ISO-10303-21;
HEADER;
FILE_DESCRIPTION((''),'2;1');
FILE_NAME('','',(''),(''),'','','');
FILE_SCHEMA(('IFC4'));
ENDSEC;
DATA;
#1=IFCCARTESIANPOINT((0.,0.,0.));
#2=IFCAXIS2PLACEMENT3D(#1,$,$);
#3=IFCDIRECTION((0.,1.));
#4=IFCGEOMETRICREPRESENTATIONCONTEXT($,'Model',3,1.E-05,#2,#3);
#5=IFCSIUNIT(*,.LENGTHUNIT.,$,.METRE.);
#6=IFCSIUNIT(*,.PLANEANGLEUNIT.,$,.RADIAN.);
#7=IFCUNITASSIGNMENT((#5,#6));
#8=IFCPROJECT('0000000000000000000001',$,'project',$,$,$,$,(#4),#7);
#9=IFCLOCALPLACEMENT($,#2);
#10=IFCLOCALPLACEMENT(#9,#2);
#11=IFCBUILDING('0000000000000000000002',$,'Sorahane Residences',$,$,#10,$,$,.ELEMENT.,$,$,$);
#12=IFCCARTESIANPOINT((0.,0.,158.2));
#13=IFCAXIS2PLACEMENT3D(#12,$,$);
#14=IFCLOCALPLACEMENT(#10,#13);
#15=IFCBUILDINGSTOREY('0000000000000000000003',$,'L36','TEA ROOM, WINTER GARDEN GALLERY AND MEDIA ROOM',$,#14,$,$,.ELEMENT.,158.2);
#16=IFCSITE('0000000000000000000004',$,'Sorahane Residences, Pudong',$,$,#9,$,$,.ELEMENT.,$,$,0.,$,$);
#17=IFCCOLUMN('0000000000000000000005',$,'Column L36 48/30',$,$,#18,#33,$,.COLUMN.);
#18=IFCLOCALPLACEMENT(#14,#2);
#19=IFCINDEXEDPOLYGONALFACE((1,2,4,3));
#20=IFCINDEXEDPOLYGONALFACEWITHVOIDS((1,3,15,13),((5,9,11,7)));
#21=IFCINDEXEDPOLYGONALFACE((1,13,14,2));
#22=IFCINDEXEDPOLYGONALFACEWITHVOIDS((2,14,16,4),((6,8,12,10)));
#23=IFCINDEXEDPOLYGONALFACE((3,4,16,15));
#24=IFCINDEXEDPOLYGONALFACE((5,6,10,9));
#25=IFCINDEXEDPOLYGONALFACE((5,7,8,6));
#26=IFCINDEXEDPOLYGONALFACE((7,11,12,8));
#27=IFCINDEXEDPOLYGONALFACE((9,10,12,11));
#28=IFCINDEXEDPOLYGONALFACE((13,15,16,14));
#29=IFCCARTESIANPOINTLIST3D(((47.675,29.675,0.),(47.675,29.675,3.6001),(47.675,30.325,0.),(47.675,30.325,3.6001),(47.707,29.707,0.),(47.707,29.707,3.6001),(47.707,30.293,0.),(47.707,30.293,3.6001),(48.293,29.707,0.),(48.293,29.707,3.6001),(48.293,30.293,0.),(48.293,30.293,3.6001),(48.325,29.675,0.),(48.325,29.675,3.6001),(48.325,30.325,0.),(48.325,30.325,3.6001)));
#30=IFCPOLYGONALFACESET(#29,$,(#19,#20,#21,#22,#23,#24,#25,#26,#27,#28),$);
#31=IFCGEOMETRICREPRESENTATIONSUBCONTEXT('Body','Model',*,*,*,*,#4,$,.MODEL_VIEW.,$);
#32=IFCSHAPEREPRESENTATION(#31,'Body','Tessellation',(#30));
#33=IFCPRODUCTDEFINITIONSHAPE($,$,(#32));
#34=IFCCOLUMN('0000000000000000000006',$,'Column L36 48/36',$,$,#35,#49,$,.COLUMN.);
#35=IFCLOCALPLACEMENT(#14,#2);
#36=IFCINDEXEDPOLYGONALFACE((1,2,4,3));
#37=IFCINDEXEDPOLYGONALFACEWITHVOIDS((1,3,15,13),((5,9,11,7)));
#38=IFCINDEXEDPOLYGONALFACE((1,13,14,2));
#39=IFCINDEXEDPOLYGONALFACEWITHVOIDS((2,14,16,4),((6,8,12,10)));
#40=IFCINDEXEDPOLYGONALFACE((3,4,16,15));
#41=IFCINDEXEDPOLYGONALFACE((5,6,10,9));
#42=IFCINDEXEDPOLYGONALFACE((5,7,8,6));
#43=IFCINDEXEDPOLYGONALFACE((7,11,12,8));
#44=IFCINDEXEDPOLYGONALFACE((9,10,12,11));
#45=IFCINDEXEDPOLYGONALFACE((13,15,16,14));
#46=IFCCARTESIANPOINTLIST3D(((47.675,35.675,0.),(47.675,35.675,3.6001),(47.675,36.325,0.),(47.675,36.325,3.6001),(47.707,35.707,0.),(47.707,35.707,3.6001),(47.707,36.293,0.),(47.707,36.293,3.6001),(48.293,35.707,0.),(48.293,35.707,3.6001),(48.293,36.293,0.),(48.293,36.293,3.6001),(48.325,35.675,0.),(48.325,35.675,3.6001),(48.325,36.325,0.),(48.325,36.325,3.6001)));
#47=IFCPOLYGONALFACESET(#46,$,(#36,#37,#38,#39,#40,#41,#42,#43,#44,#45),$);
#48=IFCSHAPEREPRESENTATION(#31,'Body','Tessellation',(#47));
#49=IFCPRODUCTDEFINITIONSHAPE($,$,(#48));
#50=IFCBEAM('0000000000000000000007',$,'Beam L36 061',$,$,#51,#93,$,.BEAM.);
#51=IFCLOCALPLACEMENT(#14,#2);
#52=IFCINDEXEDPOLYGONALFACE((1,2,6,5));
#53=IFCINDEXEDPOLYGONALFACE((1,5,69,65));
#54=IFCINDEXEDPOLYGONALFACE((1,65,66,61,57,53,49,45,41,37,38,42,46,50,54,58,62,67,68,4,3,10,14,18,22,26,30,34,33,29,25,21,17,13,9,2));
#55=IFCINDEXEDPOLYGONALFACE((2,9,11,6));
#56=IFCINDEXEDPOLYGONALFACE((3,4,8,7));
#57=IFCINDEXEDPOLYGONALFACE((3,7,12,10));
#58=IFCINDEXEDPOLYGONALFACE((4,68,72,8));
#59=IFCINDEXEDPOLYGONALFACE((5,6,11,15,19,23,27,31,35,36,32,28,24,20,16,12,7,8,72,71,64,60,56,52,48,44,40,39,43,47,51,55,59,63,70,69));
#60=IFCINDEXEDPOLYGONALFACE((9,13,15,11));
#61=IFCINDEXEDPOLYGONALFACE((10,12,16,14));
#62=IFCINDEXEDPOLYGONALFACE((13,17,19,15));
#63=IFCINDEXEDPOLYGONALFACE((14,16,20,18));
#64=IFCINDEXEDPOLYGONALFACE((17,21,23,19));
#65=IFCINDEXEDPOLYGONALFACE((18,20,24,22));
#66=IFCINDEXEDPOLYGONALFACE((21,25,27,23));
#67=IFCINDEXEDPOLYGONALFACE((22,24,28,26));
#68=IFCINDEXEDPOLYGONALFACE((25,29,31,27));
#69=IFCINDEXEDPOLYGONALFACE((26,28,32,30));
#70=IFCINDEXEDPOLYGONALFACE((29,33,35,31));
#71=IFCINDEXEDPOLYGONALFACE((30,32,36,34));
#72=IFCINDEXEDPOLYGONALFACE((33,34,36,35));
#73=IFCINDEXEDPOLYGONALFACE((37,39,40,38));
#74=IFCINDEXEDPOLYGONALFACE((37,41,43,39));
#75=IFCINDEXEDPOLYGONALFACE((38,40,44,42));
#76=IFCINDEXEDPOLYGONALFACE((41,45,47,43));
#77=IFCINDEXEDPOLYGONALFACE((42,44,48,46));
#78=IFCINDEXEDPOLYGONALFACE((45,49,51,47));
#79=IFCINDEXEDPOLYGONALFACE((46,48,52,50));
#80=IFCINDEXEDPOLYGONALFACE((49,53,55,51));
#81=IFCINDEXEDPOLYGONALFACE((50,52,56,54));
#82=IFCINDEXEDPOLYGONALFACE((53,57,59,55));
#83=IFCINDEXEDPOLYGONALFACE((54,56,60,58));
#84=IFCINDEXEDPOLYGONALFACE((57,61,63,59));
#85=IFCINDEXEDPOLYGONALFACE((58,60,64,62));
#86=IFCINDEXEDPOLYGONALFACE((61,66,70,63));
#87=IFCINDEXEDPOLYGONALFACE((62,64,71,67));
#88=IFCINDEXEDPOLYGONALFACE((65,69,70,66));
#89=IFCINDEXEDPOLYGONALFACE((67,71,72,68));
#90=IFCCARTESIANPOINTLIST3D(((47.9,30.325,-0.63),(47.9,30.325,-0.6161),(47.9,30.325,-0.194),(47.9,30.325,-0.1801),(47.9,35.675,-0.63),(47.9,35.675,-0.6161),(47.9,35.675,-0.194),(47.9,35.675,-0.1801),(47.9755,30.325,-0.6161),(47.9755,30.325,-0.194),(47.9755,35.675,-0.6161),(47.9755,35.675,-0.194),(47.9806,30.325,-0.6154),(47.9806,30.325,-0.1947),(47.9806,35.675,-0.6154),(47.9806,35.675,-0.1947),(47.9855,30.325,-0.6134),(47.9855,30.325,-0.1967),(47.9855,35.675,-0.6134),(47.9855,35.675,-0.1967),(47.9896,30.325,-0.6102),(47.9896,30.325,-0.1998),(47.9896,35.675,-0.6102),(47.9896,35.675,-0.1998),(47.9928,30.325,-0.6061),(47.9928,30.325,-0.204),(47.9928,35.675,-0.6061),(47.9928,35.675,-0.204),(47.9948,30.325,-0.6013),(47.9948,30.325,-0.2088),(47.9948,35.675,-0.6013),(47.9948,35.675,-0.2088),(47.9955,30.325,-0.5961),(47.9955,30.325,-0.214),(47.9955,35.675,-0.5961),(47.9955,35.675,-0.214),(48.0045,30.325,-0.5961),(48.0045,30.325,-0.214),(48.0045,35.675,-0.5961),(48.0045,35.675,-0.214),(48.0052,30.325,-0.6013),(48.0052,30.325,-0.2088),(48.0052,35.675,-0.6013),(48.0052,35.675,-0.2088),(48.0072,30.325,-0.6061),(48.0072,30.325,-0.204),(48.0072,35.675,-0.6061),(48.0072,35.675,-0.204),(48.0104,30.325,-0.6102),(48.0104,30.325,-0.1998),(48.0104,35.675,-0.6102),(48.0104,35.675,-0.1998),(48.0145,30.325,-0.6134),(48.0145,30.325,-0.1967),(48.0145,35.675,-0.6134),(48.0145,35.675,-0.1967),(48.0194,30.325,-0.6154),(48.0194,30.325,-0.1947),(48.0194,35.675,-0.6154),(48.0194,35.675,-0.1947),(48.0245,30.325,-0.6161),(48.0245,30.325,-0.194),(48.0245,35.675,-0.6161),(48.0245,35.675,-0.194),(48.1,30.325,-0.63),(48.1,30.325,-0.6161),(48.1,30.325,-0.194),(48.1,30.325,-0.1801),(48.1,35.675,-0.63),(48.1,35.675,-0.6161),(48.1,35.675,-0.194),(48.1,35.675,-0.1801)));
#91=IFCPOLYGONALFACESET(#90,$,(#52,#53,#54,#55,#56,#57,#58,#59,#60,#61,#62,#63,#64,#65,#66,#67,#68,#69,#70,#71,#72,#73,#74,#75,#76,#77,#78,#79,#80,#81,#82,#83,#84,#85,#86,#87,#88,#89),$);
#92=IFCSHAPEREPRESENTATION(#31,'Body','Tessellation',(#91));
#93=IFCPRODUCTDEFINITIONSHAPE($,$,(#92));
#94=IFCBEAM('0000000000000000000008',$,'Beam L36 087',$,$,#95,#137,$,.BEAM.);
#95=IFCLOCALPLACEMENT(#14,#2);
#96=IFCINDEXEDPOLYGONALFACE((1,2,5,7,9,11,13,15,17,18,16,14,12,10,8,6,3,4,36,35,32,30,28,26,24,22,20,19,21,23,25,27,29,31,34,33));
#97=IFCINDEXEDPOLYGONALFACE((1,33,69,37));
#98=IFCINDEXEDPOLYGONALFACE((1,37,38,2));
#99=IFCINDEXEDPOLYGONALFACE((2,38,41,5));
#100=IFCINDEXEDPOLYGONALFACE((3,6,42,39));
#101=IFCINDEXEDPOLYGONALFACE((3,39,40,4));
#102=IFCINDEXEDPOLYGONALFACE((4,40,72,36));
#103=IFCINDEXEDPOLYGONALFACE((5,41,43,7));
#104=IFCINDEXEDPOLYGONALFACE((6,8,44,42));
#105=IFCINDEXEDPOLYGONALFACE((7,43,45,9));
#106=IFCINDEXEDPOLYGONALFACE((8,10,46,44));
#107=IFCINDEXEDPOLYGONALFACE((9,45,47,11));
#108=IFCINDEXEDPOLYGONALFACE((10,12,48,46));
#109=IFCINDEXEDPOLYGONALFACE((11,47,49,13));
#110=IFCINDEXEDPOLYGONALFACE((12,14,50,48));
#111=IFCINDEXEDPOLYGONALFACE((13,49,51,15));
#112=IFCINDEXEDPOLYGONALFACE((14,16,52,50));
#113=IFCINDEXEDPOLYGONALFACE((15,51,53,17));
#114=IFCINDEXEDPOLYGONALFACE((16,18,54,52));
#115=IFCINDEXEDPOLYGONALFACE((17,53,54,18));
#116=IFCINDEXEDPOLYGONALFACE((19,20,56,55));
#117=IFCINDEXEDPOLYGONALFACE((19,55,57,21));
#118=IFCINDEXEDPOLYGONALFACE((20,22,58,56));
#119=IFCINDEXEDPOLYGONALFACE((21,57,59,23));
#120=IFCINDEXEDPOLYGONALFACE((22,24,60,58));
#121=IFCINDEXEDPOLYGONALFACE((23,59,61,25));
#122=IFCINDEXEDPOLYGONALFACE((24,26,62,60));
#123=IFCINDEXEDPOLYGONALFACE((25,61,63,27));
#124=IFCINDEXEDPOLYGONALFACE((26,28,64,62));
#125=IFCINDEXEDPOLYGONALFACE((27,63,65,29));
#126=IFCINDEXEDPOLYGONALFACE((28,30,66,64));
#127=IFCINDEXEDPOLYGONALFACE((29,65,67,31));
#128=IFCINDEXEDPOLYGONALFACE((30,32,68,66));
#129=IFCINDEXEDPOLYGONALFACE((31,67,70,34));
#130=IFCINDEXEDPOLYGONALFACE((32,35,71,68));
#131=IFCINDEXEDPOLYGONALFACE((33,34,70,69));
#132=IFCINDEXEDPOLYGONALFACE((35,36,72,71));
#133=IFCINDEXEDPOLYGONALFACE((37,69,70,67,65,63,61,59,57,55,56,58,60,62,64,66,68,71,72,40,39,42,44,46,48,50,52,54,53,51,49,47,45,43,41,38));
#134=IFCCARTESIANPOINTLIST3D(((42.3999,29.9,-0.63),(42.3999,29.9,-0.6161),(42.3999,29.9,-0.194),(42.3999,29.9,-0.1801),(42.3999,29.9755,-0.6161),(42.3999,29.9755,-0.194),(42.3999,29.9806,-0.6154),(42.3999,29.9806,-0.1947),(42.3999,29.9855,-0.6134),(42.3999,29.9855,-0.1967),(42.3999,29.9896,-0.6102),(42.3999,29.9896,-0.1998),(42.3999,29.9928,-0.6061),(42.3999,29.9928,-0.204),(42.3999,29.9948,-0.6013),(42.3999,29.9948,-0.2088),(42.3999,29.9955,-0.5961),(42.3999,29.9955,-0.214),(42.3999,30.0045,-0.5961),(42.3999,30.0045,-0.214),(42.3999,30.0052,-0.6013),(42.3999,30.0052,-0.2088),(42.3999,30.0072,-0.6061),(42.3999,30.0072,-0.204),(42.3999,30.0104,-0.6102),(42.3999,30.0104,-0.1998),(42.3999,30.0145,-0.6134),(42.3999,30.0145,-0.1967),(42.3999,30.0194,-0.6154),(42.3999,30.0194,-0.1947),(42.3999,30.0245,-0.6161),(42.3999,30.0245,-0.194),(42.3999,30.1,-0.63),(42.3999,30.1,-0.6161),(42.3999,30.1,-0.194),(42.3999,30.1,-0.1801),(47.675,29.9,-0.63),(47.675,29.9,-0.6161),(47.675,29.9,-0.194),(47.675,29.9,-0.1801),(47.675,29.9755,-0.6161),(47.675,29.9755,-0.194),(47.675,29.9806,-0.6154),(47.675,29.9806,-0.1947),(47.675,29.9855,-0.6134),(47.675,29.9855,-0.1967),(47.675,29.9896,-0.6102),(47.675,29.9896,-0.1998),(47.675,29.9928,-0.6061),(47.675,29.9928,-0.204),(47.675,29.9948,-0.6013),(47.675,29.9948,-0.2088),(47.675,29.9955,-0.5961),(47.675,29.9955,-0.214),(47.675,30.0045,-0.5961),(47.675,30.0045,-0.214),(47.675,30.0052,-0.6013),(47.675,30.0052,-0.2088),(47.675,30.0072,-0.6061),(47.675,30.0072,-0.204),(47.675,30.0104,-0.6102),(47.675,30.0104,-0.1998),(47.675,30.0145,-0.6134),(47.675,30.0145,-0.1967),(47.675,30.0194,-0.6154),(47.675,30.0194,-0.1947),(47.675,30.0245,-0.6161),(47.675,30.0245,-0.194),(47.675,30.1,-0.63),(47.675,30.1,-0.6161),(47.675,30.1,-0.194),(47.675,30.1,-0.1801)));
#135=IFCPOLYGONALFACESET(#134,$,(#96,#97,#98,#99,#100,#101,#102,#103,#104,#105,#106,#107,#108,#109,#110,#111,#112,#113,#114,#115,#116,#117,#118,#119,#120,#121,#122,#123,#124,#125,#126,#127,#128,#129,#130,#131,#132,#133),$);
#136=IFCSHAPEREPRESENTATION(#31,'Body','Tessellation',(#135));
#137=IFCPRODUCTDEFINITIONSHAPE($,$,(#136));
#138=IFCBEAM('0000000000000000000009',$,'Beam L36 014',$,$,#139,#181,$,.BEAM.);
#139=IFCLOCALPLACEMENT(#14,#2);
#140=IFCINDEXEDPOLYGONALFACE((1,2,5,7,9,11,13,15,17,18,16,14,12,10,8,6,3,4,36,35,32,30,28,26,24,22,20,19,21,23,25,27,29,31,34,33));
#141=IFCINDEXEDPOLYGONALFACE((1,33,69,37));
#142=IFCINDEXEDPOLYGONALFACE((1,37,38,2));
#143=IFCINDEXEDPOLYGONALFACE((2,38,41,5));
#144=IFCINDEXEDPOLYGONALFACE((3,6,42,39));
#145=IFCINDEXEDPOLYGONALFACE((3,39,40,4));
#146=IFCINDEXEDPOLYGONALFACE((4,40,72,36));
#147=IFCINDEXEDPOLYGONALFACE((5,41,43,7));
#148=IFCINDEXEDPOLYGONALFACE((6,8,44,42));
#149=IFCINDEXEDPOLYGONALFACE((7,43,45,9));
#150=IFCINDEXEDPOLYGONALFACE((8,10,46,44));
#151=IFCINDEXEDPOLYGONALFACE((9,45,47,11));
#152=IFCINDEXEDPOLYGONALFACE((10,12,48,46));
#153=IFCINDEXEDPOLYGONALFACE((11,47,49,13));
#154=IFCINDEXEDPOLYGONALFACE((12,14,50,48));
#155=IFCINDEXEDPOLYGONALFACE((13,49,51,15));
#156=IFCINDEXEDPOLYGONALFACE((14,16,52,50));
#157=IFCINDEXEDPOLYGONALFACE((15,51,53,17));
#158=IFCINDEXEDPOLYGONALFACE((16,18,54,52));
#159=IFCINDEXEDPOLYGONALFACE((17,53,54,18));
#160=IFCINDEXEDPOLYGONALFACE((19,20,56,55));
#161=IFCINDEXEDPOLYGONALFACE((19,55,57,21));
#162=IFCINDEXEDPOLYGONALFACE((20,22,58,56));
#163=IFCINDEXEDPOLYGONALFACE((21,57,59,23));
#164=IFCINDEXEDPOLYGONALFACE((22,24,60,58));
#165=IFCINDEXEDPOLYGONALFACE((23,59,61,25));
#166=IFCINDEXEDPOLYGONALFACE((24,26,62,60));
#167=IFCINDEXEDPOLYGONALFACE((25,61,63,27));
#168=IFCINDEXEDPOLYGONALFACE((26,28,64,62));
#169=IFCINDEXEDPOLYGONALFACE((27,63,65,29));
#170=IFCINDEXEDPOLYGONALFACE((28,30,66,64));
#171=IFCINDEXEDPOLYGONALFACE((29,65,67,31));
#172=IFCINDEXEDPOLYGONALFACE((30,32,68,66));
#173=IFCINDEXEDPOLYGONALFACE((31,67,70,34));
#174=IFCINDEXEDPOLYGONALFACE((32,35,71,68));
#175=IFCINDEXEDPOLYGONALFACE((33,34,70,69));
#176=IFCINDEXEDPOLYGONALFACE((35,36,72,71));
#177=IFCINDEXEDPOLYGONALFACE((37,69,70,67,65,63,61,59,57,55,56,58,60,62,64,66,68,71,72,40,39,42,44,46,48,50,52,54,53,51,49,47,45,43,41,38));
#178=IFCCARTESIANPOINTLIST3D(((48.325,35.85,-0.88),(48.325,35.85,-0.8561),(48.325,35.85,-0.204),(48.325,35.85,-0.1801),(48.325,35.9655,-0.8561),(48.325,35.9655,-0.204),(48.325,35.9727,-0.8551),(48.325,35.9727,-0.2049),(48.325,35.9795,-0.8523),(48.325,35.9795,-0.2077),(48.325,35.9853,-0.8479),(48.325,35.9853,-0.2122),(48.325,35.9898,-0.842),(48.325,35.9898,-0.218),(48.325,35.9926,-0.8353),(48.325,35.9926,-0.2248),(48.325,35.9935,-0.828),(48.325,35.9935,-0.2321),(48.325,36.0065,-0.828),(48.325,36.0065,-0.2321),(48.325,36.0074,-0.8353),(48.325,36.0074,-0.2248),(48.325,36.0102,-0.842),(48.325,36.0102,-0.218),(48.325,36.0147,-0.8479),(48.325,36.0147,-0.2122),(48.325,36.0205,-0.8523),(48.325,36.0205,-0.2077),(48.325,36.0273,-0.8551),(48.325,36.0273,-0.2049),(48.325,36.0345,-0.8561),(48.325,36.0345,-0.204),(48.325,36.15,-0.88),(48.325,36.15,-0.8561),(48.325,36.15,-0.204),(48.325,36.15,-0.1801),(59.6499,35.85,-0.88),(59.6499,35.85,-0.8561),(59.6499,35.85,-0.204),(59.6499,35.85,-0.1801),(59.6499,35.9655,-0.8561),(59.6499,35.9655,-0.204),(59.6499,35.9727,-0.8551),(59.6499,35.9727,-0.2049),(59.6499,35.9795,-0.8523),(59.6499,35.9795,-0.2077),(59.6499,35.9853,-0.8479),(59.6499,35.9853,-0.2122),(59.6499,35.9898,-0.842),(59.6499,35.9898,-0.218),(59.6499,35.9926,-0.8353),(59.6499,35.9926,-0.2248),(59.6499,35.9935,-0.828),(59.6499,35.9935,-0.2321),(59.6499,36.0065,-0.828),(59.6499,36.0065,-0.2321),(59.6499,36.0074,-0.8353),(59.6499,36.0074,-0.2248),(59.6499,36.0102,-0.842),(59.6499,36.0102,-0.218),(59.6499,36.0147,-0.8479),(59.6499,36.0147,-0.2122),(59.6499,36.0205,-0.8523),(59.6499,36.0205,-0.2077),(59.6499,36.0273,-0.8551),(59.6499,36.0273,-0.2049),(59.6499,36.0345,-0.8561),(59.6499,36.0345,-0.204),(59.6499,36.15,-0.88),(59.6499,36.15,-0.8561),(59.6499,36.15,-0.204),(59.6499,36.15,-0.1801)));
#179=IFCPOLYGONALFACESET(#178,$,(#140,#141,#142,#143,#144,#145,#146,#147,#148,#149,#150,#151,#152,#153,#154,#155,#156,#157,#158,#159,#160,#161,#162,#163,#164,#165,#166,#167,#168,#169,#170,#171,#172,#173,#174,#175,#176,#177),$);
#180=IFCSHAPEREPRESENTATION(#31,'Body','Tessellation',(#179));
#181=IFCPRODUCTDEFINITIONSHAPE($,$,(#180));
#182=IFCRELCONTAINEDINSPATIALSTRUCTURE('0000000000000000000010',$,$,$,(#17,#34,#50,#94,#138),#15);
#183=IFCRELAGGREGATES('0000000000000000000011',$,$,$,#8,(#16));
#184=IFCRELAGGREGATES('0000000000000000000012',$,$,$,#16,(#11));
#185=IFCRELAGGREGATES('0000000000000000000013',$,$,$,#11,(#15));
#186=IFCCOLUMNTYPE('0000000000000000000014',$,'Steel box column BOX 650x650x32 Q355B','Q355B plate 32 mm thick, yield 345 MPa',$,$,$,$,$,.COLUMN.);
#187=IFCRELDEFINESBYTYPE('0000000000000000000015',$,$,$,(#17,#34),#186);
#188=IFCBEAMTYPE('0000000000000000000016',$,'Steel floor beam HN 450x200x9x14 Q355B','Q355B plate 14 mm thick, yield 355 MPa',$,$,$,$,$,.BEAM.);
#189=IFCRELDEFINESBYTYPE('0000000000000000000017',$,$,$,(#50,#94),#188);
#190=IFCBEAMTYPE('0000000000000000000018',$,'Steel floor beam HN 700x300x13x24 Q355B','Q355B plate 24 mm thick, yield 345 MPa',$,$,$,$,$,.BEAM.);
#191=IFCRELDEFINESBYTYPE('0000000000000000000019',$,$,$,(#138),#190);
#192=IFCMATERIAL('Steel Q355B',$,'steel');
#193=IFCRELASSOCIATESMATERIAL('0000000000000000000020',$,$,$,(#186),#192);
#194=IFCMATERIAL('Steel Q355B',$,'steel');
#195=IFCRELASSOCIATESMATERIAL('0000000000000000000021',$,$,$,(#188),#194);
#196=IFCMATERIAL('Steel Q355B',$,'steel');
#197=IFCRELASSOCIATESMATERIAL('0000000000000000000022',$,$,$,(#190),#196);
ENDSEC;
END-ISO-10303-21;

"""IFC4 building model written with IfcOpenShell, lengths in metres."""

from ifc_helpers import new_model, si_unit, direction, frame, origin, origin_2d, place, context, subcontext, project, spatial, hollow_rectangle, i_section, extrude, material, material_profile, profile_set, type_object, element, save


model = new_model("IFC4")

# Units and contexts
model_context = context("Model", 3, precision=1e-05, world=origin(), true_north=direction((0.0, 1.0)))
body_context = subcontext(model_context, "Body", "Model", "MODEL_VIEW")
ifc_project = project(units=[si_unit("LENGTHUNIT", "METRE"), si_unit("PLANEANGLEUNIT", "RADIAN")], contexts=[model_context])

# Site, building, storey
site_placement = place(None, origin())
site = spatial("IfcSite", under=ifc_project, at=site_placement, Name="Sorahane Residences, Pudong", CompositionType="ELEMENT", RefElevation=0.0)
building_placement = place(site_placement, origin())
building = spatial("IfcBuilding", under=site, at=building_placement, Name="Sorahane Residences", CompositionType="ELEMENT")
storey_placement = place(building_placement, frame((0.0, 0.0, 158.2)))
storey = spatial("IfcBuildingStorey", under=building, at=storey_placement, Name="L36", Description="TEA ROOM, WINTER GARDEN GALLERY AND MEDIA ROOM", CompositionType="ELEMENT", Elevation=158.2)

# Columns
ifc_material_1 = material(Name="Steel Q355B", Category="steel")
ifc_material_profile_1 = material_profile(ifc_material_1, hollow_rectangle(XDim=0.6499, YDim=0.6499, WallThickness=0.032, at=origin_2d()), Name="BOX 650x650x32")
ifc_profile_set_1 = profile_set([ifc_material_profile_1], Name="Steel Q355B")
column_type = type_object("IfcColumnType", Name="Steel box column BOX 650x650x32 Q355B", Description="Q355B plate 32 mm thick, yield 345 MPa", PredefinedType="COLUMN", material=ifc_profile_set_1)
for number, where, z_axis, x_axis, name in (
    (1, (48.0, 30.0, 0.0), (0.0, 0.0, 1.0), (1.0, 0.0, 0.0), "Column L36 48/30"),
    (2, (48.0, 36.0, 0.0), (0.0, 0.0, 1.0), (1.0, 0.0, 0.0), "Column L36 48/36"),
):
    element("IfcColumn", number, at=place(storey_placement, frame(where, z_axis=z_axis, x_axis=x_axis)), inside=storey, type_object=column_type, Name=name, PredefinedType="COLUMN", context=body_context, shape_type="SweptSolid", body=[
        extrude(hollow_rectangle(XDim=0.6499, YDim=0.6499, WallThickness=0.032, at=origin_2d()), origin(), (0.0, 0.0, 1.0), 3.6001),
    ])

# Beams
ifc_material_2 = material(Name="Steel Q355B", Category="steel")
ifc_material_profile_2 = material_profile(ifc_material_2, i_section(OverallWidth=0.2, OverallDepth=0.45, WebThickness=0.009, FlangeThickness=0.0139, FilletRadius=0.02, at=origin_2d()), Name="HN 450x200x9x14")
ifc_profile_set_2 = profile_set([ifc_material_profile_2], Name="Steel Q355B")
beam_type_1 = type_object("IfcBeamType", Name="Steel floor beam HN 450x200x9x14 Q355B", Description="Q355B plate 14 mm thick, yield 355 MPa", PredefinedType="BEAM", material=ifc_profile_set_2)
beam_1_placement = place(storey_placement, frame((48.0, 30.325, -0.405), z_axis=(0.0, 1.0, 0.0), x_axis=(-1.0, 0.0, 0.0)))
element("IfcBeam", 3, at=beam_1_placement, inside=storey, type_object=beam_type_1, Name="Beam L36 061", PredefinedType="BEAM", context=body_context, shape_type="SweptSolid", body=[
    extrude(i_section(OverallWidth=0.2, OverallDepth=0.45, WebThickness=0.009, FlangeThickness=0.0139, FilletRadius=0.02, at=origin_2d()), origin(), (0.0, 0.0, 1.0), 5.3501),
])
beam_2_placement = place(storey_placement, frame((42.3999, 30.0, -0.405), z_axis=(1.0, 0.0, 0.0), x_axis=(0.0, 1.0, 0.0)))
element("IfcBeam", 4, at=beam_2_placement, inside=storey, type_object=beam_type_1, Name="Beam L36 087", PredefinedType="BEAM", context=body_context, shape_type="SweptSolid", body=[
    extrude(i_section(OverallWidth=0.2, OverallDepth=0.45, WebThickness=0.009, FlangeThickness=0.0139, FilletRadius=0.02, at=origin_2d()), origin(), (0.0, 0.0, 1.0), 5.2751),
])
ifc_material_3 = material(Name="Steel Q355B", Category="steel")
ifc_material_profile_3 = material_profile(ifc_material_3, i_section(OverallWidth=0.3, OverallDepth=0.7, WebThickness=0.0129, FlangeThickness=0.0239, FilletRadius=0.0281, at=origin_2d()), Name="HN 700x300x13x24")
ifc_profile_set_3 = profile_set([ifc_material_profile_3], Name="Steel Q355B")
beam_type_2 = type_object("IfcBeamType", Name="Steel floor beam HN 700x300x13x24 Q355B", Description="Q355B plate 24 mm thick, yield 345 MPa", PredefinedType="BEAM", material=ifc_profile_set_3)
beam_3_placement = place(storey_placement, frame((48.325, 36.0, -0.53), z_axis=(1.0, 0.0, 0.0), x_axis=(0.0, 1.0, 0.0)))
element("IfcBeam", 5, at=beam_3_placement, inside=storey, type_object=beam_type_2, Name="Beam L36 014", PredefinedType="BEAM", context=body_context, shape_type="SweptSolid", body=[
    extrude(i_section(OverallWidth=0.3, OverallDepth=0.7, WebThickness=0.0129, FlangeThickness=0.0239, FilletRadius=0.0281, at=origin_2d()), origin(), (0.0, 0.0, 1.0), 11.325),
])

save(model, "model.ifc")
